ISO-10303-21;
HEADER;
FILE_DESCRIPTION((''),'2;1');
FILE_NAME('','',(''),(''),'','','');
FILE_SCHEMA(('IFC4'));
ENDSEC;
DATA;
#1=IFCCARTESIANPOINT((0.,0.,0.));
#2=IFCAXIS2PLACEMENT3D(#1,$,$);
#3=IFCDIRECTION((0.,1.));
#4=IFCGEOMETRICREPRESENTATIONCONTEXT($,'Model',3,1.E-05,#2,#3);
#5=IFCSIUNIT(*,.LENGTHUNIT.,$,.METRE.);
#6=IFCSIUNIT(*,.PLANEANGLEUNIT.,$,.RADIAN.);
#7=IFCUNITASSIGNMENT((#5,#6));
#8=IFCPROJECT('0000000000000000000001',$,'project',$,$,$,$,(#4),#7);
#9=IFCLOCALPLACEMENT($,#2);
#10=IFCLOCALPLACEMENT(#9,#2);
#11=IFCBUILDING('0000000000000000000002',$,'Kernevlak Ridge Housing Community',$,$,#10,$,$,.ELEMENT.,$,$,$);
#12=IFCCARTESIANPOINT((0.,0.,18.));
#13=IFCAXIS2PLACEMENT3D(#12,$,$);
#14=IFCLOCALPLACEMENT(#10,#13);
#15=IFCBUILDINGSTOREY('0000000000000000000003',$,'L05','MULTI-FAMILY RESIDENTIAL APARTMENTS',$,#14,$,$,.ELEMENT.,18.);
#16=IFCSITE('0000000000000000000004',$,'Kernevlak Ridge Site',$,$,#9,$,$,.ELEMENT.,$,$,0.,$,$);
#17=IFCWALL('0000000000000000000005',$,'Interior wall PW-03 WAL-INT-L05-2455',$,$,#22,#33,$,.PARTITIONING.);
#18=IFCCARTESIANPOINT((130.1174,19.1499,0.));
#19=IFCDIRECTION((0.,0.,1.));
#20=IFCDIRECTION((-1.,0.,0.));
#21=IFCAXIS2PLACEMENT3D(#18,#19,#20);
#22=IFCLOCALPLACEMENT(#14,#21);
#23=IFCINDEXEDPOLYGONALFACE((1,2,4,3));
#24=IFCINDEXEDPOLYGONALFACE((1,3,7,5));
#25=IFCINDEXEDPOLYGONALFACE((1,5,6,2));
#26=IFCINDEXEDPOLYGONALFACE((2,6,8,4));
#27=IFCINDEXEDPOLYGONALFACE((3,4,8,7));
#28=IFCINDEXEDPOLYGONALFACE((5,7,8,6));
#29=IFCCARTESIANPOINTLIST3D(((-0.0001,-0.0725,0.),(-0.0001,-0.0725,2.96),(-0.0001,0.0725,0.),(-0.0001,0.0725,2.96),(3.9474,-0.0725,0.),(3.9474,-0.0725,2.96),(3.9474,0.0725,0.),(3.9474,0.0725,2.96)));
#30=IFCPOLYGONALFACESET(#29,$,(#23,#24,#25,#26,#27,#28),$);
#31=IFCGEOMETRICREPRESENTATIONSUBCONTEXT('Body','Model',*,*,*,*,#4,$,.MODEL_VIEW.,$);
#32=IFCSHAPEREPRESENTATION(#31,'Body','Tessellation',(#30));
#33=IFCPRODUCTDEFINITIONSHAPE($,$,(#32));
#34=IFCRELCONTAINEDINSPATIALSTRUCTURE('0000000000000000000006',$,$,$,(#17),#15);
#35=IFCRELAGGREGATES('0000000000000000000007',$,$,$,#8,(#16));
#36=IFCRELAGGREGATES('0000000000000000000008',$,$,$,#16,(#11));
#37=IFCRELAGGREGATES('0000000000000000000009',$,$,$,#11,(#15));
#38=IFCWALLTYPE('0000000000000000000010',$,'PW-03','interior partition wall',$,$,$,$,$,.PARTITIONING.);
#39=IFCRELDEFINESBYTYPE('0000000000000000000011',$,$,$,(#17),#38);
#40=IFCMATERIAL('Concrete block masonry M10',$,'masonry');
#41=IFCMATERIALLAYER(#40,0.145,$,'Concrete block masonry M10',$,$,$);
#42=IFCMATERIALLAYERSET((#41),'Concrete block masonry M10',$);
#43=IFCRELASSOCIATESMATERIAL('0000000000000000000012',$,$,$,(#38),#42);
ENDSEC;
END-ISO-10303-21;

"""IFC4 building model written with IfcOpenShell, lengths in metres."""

from ifc_helpers import new_model, si_unit, direction, frame, frame_2d, origin, place, context, subcontext, project, spatial, rectangle, extrude, material, layer, layer_set, type_object, element, save


model = new_model("IFC4")

# Units and contexts
model_context = context("Model", 3, precision=1e-05, world=origin(), true_north=direction((0.0, 1.0)))
body_context = subcontext(model_context, "Body", "Model", "MODEL_VIEW")
ifc_project = project(units=[si_unit("LENGTHUNIT", "METRE"), si_unit("PLANEANGLEUNIT", "RADIAN")], contexts=[model_context])

# Site, building, storey
site_placement = place(None, origin())
site = spatial("IfcSite", under=ifc_project, at=site_placement, Name="Kernevlak Ridge Site", CompositionType="ELEMENT", RefElevation=0.0)
building_placement = place(site_placement, origin())
building = spatial("IfcBuilding", under=site, at=building_placement, Name="Kernevlak Ridge Housing Community", CompositionType="ELEMENT")
storey_placement = place(building_placement, frame((0.0, 0.0, 18.0)))
storey = spatial("IfcBuildingStorey", under=building, at=storey_placement, Name="L05", Description="MULTI-FAMILY RESIDENTIAL APARTMENTS", CompositionType="ELEMENT", Elevation=18.0)

# Shared definitions
ifc_material_1 = material(Name="Concrete block masonry M10", Category="masonry")

# Shared definitions
ifc_layer_1 = layer(ifc_material_1, 0.145, Name="Concrete block masonry M10")
ifc_layer_set_1 = layer_set([ifc_layer_1], Name="Concrete block masonry M10")
wall_type_1 = type_object("IfcWallType", Name="PW-03", Description="interior partition wall", PredefinedType="PARTITIONING", material=ifc_layer_set_1)

# Wall
wall_1_placement = place(storey_placement, frame((130.1174, 19.1499, 0.0), z_axis=(0.0, 0.0, 1.0), x_axis=(-1.0, 0.0, 0.0)))
element("IfcWall", 1, at=wall_1_placement, inside=storey, type_object=wall_type_1, Name="Interior wall PW-03 WAL-INT-L05-2455", PredefinedType="PARTITIONING", context=body_context, shape_type="SweptSolid", body=[
    extrude(rectangle(XDim=3.9475, YDim=0.145, at=frame_2d((1.9736, 0.0))), origin(), (0.0, 0.0, 1.0), 2.96),
])

save(model, "model.ifc")
